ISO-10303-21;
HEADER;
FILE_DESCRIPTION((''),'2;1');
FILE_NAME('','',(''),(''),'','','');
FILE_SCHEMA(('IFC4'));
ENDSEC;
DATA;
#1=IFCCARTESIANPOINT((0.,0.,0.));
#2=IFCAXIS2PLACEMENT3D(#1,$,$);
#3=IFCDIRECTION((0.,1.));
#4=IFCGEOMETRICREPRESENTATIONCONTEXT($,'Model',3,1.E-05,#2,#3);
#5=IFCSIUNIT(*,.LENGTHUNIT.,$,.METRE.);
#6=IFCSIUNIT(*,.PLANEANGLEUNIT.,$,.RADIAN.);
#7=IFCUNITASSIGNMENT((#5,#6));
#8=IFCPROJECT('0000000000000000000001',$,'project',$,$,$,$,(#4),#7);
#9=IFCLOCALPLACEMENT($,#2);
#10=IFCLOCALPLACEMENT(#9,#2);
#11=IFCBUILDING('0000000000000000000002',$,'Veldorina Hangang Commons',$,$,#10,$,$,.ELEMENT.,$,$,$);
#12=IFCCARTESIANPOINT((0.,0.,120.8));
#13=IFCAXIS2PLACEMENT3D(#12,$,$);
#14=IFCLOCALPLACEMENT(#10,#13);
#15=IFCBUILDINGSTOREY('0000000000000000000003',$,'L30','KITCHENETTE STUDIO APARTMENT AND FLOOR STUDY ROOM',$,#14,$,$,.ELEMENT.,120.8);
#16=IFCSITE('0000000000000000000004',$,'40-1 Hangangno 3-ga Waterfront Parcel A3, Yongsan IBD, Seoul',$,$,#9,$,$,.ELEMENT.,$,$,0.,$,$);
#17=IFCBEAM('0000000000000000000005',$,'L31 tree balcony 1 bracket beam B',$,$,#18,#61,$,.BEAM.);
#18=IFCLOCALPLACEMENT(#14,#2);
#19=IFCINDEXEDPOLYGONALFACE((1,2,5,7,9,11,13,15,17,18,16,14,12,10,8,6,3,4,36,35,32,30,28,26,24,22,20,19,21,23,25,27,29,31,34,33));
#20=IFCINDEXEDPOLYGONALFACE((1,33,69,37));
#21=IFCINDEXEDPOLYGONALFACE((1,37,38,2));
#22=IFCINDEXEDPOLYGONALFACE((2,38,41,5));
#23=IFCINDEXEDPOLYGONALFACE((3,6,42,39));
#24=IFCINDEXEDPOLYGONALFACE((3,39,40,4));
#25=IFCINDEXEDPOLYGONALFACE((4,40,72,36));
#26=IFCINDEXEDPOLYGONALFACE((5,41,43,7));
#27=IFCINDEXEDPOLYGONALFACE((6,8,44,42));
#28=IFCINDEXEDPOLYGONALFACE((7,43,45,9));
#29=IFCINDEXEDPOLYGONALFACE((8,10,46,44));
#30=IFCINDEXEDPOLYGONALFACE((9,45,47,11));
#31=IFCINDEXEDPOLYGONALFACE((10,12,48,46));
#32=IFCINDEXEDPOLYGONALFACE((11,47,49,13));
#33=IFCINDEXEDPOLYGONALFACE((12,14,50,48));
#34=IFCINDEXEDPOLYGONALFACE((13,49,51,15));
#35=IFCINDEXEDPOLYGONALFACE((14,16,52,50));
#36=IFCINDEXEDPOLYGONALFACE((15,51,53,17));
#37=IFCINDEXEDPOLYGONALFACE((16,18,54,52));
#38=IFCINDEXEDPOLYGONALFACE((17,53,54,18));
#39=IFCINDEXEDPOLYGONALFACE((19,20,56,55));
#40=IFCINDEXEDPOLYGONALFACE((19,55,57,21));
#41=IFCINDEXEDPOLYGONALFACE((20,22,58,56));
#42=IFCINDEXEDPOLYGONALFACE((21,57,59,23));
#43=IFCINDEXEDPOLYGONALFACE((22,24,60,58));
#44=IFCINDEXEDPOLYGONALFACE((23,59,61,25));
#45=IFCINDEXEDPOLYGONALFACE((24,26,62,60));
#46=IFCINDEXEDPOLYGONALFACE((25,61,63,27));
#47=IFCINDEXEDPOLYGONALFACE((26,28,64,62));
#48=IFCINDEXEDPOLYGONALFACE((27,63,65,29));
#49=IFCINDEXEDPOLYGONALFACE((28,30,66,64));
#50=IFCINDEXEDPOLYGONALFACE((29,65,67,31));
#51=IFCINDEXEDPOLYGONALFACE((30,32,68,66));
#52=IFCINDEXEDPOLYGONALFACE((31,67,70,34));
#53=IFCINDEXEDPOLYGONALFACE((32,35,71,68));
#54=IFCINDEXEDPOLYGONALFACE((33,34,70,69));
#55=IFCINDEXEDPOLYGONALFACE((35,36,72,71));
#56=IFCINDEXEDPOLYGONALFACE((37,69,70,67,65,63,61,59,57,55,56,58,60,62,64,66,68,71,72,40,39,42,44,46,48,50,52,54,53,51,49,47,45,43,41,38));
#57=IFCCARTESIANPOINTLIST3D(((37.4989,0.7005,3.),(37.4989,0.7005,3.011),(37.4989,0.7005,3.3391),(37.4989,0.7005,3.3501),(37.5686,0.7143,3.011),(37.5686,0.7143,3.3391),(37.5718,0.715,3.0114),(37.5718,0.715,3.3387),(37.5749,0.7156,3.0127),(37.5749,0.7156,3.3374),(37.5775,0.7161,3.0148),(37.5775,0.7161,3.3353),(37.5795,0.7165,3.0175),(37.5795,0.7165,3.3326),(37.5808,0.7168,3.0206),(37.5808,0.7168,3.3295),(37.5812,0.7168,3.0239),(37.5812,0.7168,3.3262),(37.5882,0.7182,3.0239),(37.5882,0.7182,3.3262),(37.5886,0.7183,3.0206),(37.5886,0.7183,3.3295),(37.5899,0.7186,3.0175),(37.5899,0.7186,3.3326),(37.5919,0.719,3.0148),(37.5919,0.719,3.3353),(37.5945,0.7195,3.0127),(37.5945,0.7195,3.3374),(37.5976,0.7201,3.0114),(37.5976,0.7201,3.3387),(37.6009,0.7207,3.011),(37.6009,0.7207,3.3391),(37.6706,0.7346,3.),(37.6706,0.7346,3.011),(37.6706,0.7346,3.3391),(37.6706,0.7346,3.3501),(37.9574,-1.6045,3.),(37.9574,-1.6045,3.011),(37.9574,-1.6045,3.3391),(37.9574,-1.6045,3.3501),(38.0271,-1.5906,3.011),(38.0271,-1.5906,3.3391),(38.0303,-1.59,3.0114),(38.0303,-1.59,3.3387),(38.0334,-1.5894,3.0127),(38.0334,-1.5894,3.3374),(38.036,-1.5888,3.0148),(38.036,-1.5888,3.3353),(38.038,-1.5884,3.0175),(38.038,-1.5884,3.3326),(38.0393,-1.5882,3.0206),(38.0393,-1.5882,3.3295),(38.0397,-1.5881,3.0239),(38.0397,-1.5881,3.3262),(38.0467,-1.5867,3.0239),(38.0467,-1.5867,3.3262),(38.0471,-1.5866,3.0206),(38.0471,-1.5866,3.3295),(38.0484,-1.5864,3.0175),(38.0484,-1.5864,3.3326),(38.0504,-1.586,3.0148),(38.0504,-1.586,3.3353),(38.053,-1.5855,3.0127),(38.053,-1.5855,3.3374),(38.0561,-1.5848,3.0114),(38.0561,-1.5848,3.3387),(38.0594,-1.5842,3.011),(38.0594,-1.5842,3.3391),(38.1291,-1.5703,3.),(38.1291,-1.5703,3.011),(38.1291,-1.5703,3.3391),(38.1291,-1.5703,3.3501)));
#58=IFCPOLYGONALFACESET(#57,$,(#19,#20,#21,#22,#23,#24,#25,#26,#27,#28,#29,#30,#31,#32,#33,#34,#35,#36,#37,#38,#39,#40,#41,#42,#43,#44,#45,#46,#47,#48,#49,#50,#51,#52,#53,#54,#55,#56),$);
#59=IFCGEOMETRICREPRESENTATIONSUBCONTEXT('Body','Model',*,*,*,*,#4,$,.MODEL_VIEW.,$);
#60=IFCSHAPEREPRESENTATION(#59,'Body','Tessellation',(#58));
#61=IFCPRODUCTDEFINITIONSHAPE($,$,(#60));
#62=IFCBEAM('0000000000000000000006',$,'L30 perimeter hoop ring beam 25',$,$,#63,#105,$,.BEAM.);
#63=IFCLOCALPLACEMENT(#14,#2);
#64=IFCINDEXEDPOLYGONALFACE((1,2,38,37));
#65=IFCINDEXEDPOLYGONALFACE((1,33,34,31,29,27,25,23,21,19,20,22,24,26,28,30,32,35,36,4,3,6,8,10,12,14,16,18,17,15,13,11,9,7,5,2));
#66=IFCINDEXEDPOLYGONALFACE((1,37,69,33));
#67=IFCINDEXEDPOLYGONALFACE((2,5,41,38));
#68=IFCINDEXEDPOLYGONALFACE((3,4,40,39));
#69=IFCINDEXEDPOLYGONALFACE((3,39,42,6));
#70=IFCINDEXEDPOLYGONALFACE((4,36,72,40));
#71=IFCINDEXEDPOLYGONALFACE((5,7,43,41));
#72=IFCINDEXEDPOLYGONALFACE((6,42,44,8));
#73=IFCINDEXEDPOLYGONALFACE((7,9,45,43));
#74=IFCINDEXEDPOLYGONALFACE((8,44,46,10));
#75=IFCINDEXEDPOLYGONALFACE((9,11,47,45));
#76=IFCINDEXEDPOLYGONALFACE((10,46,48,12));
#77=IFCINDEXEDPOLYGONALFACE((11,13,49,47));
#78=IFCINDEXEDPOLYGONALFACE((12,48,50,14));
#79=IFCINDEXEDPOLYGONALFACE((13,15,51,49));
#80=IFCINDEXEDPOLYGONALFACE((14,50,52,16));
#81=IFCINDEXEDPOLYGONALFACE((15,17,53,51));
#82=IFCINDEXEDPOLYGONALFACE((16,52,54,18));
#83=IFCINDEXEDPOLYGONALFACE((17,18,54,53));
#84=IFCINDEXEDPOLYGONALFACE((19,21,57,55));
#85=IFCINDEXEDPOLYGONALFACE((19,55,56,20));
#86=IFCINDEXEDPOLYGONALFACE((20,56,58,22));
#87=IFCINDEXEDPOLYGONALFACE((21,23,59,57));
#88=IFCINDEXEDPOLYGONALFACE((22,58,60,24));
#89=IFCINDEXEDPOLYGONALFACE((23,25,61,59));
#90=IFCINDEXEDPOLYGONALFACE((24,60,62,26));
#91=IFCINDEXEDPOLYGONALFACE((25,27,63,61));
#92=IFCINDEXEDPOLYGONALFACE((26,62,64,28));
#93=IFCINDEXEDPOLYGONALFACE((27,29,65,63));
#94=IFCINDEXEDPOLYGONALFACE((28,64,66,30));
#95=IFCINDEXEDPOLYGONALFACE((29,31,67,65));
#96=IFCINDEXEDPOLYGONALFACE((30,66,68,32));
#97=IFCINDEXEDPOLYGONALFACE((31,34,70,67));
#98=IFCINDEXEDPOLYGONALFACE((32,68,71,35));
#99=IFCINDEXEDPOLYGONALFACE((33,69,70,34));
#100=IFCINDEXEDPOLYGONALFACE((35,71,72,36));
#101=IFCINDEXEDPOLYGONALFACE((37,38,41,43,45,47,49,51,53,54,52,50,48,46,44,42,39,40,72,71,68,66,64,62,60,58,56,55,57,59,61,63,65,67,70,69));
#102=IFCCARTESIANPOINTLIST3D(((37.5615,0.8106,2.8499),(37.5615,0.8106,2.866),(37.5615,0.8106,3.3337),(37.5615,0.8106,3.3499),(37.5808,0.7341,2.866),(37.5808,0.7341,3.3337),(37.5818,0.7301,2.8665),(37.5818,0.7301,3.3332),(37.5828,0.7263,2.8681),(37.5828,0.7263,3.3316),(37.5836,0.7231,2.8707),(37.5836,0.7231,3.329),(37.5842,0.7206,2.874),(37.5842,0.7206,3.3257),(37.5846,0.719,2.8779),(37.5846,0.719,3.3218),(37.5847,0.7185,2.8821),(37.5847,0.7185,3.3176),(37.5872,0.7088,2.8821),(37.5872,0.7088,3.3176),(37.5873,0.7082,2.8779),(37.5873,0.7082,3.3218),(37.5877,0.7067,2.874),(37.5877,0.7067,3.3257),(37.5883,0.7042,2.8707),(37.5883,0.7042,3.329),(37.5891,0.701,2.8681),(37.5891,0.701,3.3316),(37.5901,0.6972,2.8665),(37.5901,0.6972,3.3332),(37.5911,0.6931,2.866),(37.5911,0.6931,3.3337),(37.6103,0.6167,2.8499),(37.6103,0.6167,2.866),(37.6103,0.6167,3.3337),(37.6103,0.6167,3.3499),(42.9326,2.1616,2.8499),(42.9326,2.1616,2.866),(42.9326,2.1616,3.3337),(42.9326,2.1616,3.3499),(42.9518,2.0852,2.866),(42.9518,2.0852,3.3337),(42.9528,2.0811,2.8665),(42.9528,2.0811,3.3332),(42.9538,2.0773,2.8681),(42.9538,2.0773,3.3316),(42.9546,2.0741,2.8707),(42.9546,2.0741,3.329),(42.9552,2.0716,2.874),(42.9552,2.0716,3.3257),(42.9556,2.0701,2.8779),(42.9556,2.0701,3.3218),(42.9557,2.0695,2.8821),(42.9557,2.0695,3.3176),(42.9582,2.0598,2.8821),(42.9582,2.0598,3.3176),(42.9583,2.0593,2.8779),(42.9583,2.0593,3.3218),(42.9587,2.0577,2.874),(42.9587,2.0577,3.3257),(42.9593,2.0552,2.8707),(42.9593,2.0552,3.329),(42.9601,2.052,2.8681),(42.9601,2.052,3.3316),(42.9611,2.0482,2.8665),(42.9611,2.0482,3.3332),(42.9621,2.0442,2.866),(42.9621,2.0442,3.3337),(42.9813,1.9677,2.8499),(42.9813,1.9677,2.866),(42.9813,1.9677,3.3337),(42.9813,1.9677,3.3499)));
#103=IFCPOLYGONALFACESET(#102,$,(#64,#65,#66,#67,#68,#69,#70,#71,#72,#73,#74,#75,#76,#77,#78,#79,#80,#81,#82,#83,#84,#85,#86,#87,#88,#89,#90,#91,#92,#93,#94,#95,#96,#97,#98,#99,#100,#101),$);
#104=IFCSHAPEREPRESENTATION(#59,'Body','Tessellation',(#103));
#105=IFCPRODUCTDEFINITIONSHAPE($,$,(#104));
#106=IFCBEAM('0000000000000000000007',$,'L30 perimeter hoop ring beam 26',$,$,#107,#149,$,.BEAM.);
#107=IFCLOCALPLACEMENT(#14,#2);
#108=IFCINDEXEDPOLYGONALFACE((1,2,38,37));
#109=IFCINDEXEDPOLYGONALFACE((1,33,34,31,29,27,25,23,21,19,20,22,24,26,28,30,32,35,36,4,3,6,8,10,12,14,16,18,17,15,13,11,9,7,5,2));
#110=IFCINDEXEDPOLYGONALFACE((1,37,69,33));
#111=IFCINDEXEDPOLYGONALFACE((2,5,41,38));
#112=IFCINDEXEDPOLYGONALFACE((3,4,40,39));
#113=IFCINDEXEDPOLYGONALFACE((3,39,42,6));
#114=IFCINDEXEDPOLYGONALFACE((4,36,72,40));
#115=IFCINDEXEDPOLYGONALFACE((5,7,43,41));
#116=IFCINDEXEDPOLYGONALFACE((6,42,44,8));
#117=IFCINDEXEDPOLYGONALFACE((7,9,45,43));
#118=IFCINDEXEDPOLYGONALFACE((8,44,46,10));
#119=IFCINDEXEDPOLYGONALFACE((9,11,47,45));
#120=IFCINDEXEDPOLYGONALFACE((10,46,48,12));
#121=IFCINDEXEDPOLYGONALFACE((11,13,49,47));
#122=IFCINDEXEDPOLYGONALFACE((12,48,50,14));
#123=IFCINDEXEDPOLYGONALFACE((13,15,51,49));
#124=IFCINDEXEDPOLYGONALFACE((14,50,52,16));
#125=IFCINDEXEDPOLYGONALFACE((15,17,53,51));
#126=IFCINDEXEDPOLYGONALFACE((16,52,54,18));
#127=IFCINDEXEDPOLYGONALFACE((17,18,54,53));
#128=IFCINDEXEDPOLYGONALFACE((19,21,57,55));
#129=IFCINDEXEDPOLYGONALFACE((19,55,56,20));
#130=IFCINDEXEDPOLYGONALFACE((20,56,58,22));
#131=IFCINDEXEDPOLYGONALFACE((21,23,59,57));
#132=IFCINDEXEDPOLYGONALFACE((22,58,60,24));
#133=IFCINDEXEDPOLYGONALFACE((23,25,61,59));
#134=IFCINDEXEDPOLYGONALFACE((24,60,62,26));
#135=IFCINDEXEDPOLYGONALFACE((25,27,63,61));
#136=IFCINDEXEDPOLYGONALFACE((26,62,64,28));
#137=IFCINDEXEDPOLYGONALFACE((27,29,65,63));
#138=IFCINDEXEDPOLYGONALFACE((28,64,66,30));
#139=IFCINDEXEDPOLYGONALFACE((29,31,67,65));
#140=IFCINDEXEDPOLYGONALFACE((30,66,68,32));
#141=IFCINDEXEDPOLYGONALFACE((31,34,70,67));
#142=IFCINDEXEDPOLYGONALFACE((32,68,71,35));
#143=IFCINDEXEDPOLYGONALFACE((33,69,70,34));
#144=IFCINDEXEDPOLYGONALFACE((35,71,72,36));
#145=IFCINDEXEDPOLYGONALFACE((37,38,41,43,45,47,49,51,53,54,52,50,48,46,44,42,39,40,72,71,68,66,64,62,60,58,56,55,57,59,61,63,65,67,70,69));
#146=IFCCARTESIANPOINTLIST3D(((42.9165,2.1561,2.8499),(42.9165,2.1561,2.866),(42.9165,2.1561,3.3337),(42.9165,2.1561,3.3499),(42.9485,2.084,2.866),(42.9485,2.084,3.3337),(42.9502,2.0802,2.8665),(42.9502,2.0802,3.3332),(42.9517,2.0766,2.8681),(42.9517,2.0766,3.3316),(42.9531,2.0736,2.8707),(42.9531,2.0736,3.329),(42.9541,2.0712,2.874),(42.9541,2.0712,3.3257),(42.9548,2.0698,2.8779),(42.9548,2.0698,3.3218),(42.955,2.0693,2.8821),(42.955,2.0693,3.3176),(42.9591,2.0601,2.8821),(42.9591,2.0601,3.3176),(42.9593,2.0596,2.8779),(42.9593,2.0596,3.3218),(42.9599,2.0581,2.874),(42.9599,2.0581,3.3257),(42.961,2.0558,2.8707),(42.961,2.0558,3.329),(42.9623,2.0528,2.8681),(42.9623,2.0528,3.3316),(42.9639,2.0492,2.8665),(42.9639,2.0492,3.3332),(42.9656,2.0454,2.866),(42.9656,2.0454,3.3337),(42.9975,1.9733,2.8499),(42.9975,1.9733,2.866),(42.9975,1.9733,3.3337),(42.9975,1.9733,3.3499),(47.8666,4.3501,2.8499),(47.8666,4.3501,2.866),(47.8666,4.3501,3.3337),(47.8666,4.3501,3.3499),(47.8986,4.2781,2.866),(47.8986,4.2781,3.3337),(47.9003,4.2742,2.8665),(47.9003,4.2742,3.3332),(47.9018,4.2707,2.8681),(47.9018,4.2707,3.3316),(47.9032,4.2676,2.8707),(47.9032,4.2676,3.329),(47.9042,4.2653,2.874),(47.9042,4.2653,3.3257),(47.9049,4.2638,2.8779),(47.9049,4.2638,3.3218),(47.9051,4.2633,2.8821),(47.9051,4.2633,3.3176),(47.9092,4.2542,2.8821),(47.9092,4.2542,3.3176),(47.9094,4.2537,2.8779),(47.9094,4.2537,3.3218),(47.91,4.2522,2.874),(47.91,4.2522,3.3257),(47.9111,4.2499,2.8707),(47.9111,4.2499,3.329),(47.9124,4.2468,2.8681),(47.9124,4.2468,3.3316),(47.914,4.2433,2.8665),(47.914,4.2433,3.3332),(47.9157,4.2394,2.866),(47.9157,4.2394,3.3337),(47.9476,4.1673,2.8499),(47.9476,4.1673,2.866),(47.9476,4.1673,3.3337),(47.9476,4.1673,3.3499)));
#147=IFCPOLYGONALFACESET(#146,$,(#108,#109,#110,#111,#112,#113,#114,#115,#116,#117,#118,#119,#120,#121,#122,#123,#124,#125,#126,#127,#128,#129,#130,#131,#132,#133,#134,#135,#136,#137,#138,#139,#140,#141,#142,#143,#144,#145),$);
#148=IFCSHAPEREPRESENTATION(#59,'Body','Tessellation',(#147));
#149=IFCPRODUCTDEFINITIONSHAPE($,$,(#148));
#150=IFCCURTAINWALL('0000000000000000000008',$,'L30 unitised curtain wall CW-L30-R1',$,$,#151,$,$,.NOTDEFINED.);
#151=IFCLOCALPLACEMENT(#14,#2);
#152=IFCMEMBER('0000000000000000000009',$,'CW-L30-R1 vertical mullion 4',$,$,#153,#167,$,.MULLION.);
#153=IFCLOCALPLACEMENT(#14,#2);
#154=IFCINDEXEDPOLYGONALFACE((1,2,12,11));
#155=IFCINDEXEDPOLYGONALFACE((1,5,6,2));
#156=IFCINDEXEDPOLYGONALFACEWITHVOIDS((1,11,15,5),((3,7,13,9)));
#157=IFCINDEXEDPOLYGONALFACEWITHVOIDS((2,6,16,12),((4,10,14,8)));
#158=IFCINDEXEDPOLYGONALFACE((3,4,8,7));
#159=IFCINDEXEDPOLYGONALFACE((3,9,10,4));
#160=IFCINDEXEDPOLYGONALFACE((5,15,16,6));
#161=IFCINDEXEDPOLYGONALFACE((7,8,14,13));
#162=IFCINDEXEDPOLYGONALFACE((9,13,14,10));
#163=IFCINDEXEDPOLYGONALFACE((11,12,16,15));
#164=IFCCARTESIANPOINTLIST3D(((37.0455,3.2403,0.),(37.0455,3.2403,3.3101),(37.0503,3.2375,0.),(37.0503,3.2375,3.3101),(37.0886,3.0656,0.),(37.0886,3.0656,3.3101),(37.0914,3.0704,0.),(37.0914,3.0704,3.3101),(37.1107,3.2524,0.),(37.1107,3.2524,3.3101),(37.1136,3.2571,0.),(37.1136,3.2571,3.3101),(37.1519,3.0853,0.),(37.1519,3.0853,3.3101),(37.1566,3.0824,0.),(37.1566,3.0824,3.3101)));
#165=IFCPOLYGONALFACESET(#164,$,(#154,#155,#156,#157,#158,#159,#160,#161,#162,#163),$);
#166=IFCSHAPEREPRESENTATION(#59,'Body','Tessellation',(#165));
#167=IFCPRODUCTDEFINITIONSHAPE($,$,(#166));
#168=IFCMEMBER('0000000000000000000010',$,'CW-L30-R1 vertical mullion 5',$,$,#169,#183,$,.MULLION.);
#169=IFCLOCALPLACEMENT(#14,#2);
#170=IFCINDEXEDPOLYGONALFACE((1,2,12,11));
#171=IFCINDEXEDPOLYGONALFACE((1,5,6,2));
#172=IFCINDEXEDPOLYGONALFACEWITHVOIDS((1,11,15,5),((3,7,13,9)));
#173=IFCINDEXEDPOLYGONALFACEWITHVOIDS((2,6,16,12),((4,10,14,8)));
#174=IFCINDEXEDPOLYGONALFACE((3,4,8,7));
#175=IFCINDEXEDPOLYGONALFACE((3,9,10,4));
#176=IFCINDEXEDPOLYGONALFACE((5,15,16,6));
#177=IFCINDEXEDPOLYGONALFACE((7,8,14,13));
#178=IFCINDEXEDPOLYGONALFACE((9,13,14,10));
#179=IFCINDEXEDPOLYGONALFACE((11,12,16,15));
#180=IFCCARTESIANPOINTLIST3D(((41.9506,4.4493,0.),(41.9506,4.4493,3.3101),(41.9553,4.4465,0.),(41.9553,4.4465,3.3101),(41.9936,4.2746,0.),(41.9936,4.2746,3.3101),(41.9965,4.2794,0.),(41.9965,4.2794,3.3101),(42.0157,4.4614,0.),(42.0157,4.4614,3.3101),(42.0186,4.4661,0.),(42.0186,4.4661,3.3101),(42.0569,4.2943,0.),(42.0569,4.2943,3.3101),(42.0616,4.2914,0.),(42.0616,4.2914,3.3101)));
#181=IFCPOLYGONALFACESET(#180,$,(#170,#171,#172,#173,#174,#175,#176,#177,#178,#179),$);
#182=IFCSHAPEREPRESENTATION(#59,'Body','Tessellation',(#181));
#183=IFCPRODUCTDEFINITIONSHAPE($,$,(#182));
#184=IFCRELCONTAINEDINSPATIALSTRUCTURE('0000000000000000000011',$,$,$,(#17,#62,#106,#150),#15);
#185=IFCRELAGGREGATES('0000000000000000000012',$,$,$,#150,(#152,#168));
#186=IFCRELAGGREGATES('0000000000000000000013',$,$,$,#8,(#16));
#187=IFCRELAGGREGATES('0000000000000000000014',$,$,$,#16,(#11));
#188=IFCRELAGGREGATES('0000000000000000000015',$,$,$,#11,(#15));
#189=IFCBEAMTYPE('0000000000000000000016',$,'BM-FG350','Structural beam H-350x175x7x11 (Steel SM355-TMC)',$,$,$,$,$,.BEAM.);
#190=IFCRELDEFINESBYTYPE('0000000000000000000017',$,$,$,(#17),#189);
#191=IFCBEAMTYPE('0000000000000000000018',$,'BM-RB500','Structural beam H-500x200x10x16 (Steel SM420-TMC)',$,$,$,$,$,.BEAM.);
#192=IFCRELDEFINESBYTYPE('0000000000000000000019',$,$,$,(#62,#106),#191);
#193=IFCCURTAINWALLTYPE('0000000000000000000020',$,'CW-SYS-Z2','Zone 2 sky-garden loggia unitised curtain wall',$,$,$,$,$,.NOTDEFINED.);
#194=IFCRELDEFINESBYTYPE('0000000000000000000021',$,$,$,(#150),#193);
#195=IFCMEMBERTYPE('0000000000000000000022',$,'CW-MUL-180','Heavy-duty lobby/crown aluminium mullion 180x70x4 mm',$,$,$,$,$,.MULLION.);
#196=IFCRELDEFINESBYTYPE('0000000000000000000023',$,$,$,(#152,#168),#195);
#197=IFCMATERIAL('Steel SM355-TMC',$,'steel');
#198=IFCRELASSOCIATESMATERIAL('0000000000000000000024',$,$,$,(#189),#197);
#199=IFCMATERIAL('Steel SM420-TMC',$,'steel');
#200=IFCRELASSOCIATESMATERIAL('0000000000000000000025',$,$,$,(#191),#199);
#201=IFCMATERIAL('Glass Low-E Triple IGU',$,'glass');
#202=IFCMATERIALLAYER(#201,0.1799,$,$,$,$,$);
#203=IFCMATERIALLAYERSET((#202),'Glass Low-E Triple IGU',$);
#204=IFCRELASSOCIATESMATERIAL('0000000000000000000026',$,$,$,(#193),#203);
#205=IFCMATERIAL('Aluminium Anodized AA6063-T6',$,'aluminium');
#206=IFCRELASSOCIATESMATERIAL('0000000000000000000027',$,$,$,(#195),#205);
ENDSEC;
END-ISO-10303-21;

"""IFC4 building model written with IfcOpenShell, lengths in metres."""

from ifc_helpers import new_model, si_unit, direction, frame, origin, origin_2d, place, context, subcontext, project, spatial, hollow_rectangle, i_section, extrude, material, layer, layer_set, material_profile, profile_set, type_object, element, aggregate, save


model = new_model("IFC4")

# Units and contexts
model_context = context("Model", 3, precision=1e-05, world=origin(), true_north=direction((0.0, 1.0)))
body_context = subcontext(model_context, "Body", "Model", "MODEL_VIEW")
ifc_project = project(units=[si_unit("LENGTHUNIT", "METRE"), si_unit("PLANEANGLEUNIT", "RADIAN")], contexts=[model_context])

# Site, building, storey
site_placement = place(None, origin())
site = spatial("IfcSite", under=ifc_project, at=site_placement, Name="40-1 Hangangno 3-ga Waterfront Parcel A3, Yongsan IBD, Seoul", CompositionType="ELEMENT", RefElevation=0.0)
building_placement = place(site_placement, origin())
building = spatial("IfcBuilding", under=site, at=building_placement, Name="Veldorina Hangang Commons", CompositionType="ELEMENT")
storey_placement = place(building_placement, frame((0.0, 0.0, 120.8)))
storey = spatial("IfcBuildingStorey", under=building, at=storey_placement, Name="L30", Description="KITCHENETTE STUDIO APARTMENT AND FLOOR STUDY ROOM", CompositionType="ELEMENT", Elevation=120.8)

# Beams
ifc_material_1 = material(Name="Steel SM355-TMC", Category="steel")
ifc_material_profile_1 = material_profile(ifc_material_1, i_section(OverallWidth=0.175, OverallDepth=0.3501, WebThickness=0.0071, FlangeThickness=0.011, FilletRadius=0.0129, at=origin_2d()), Name="H-350x175x7x11")
ifc_profile_set_1 = profile_set([ifc_material_profile_1], Name="Steel SM355-TMC")
beam_type_1 = type_object("IfcBeamType", Name="BM-FG350", Description="Structural beam H-350x175x7x11 (Steel SM355-TMC)", PredefinedType="BEAM", material=ifc_profile_set_1)
beam_1_placement = place(storey_placement, frame((37.5847, 0.7175, 3.175), z_axis=(0.195097, -0.980784, 0.0), x_axis=(0.980784, 0.195097, 0.0)))
element("IfcBeam", 1, at=beam_1_placement, inside=storey, type_object=beam_type_1, Name="L31 tree balcony 1 bracket beam B", PredefinedType="BEAM", context=body_context, shape_type="SweptSolid", body=[
    extrude(i_section(OverallWidth=0.175, OverallDepth=0.3501, WebThickness=0.0071, FlangeThickness=0.011, FilletRadius=0.0129, at=origin_2d()), origin(), (0.0, 0.0, 1.0), 2.3501),
])
ifc_material_2 = material(Name="Steel SM420-TMC", Category="steel")
ifc_material_profile_2 = material_profile(ifc_material_2, i_section(OverallWidth=0.2, OverallDepth=0.5, WebThickness=0.01, FlangeThickness=0.0161, FilletRadius=0.0161, at=origin_2d()), Name="H-500x200x10x16")
ifc_profile_set_2 = profile_set([ifc_material_profile_2], Name="Steel SM420-TMC")
beam_type_2 = type_object("IfcBeamType", Name="BM-RB500", Description="Structural beam H-500x200x10x16 (Steel SM420-TMC)", PredefinedType="BEAM", material=ifc_profile_set_2)
beam_2_placement = place(storey_placement, frame((37.5859, 0.7136, 3.0999), z_axis=(0.969789, 0.243946, 0.0), x_axis=(-0.243946, 0.969789, 0.0)))
element("IfcBeam", 2, at=beam_2_placement, inside=storey, type_object=beam_type_2, Name="L30 perimeter hoop ring beam 25", PredefinedType="BEAM", context=body_context, shape_type="SweptSolid", body=[
    extrude(i_section(OverallWidth=0.2, OverallDepth=0.5, WebThickness=0.01, FlangeThickness=0.0161, FilletRadius=0.0161, at=origin_2d()), origin(), (0.0, 0.0, 1.0), 5.5383),
])
beam_3_placement = place(storey_placement, frame((42.957, 2.0647, 3.0999), z_axis=(0.914222, 0.405214, 0.0), x_axis=(-0.405214, 0.914222, 0.0)))
element("IfcBeam", 3, at=beam_3_placement, inside=storey, type_object=beam_type_2, Name="L30 perimeter hoop ring beam 26", PredefinedType="BEAM", context=body_context, shape_type="SweptSolid", body=[
    extrude(i_section(OverallWidth=0.2, OverallDepth=0.5, WebThickness=0.01, FlangeThickness=0.0161, FilletRadius=0.0161, at=origin_2d()), origin(), (0.0, 0.0, 1.0), 5.4146),
])

# Curtain wall, members
ifc_material_3 = material(Name="Glass Low-E Triple IGU", Category="glass")
ifc_layer_1 = layer(ifc_material_3, 0.1799)
ifc_layer_set_1 = layer_set([ifc_layer_1], Name="Glass Low-E Triple IGU")
curtain_wall_type = type_object("IfcCurtainWallType", Name="CW-SYS-Z2", Description="Zone 2 sky-garden loggia unitised curtain wall", PredefinedType="NOTDEFINED", material=ifc_layer_set_1)
curtain_wall_placement = place(storey_placement, origin())
curtain_wall = element("IfcCurtainWall", 4, at=curtain_wall_placement, inside=storey, type_object=curtain_wall_type, Name="L30 unitised curtain wall CW-L30-R1", PredefinedType="NOTDEFINED")
ifc_material_4 = material(Name="Aluminium Anodized AA6063-T6", Category="aluminium")
ifc_material_profile_3 = material_profile(ifc_material_4, hollow_rectangle(XDim=0.0701, YDim=0.1799, WallThickness=0.0039, at=origin_2d()), Name="ALU-RHS-180x70x4")
ifc_profile_set_3 = profile_set([ifc_material_profile_3], Name="Aluminium Anodized AA6063-T6")
member_type_1 = type_object("IfcMemberType", Name="CW-MUL-180", Description="Heavy-duty lobby/crown aluminium mullion 180x70x4 mm", PredefinedType="MULLION", material=ifc_profile_set_3)
member_1_placement = place(storey_placement, frame((37.1011, 3.1614, 0.0), z_axis=(0.0, 0.0, 1.0), x_axis=(0.970942, 0.239313, 0.0)))
member_1 = element("IfcMember", 5, at=member_1_placement, type_object=member_type_1, Name="CW-L30-R1 vertical mullion 4", PredefinedType="MULLION", context=body_context, shape_type="SweptSolid", body=[
    extrude(hollow_rectangle(XDim=0.0701, YDim=0.1799, WallThickness=0.0039, at=origin_2d()), origin(), (0.0, 0.0, 1.0), 3.3101),
])
member_2_placement = place(storey_placement, frame((42.0061, 4.3704, 0.0), z_axis=(0.0, 0.0, 1.0), x_axis=(-0.970942, -0.239313, 0.0)))
member_2 = element("IfcMember", 6, at=member_2_placement, type_object=member_type_1, Name="CW-L30-R1 vertical mullion 5", PredefinedType="MULLION", context=body_context, shape_type="SweptSolid", body=[
    extrude(hollow_rectangle(XDim=0.0701, YDim=0.1799, WallThickness=0.0039, at=origin_2d()), origin(), (0.0, 0.0, 1.0), 3.3101),
])

aggregate(curtain_wall, [member_1, member_2])

save(model, "model.ifc")
